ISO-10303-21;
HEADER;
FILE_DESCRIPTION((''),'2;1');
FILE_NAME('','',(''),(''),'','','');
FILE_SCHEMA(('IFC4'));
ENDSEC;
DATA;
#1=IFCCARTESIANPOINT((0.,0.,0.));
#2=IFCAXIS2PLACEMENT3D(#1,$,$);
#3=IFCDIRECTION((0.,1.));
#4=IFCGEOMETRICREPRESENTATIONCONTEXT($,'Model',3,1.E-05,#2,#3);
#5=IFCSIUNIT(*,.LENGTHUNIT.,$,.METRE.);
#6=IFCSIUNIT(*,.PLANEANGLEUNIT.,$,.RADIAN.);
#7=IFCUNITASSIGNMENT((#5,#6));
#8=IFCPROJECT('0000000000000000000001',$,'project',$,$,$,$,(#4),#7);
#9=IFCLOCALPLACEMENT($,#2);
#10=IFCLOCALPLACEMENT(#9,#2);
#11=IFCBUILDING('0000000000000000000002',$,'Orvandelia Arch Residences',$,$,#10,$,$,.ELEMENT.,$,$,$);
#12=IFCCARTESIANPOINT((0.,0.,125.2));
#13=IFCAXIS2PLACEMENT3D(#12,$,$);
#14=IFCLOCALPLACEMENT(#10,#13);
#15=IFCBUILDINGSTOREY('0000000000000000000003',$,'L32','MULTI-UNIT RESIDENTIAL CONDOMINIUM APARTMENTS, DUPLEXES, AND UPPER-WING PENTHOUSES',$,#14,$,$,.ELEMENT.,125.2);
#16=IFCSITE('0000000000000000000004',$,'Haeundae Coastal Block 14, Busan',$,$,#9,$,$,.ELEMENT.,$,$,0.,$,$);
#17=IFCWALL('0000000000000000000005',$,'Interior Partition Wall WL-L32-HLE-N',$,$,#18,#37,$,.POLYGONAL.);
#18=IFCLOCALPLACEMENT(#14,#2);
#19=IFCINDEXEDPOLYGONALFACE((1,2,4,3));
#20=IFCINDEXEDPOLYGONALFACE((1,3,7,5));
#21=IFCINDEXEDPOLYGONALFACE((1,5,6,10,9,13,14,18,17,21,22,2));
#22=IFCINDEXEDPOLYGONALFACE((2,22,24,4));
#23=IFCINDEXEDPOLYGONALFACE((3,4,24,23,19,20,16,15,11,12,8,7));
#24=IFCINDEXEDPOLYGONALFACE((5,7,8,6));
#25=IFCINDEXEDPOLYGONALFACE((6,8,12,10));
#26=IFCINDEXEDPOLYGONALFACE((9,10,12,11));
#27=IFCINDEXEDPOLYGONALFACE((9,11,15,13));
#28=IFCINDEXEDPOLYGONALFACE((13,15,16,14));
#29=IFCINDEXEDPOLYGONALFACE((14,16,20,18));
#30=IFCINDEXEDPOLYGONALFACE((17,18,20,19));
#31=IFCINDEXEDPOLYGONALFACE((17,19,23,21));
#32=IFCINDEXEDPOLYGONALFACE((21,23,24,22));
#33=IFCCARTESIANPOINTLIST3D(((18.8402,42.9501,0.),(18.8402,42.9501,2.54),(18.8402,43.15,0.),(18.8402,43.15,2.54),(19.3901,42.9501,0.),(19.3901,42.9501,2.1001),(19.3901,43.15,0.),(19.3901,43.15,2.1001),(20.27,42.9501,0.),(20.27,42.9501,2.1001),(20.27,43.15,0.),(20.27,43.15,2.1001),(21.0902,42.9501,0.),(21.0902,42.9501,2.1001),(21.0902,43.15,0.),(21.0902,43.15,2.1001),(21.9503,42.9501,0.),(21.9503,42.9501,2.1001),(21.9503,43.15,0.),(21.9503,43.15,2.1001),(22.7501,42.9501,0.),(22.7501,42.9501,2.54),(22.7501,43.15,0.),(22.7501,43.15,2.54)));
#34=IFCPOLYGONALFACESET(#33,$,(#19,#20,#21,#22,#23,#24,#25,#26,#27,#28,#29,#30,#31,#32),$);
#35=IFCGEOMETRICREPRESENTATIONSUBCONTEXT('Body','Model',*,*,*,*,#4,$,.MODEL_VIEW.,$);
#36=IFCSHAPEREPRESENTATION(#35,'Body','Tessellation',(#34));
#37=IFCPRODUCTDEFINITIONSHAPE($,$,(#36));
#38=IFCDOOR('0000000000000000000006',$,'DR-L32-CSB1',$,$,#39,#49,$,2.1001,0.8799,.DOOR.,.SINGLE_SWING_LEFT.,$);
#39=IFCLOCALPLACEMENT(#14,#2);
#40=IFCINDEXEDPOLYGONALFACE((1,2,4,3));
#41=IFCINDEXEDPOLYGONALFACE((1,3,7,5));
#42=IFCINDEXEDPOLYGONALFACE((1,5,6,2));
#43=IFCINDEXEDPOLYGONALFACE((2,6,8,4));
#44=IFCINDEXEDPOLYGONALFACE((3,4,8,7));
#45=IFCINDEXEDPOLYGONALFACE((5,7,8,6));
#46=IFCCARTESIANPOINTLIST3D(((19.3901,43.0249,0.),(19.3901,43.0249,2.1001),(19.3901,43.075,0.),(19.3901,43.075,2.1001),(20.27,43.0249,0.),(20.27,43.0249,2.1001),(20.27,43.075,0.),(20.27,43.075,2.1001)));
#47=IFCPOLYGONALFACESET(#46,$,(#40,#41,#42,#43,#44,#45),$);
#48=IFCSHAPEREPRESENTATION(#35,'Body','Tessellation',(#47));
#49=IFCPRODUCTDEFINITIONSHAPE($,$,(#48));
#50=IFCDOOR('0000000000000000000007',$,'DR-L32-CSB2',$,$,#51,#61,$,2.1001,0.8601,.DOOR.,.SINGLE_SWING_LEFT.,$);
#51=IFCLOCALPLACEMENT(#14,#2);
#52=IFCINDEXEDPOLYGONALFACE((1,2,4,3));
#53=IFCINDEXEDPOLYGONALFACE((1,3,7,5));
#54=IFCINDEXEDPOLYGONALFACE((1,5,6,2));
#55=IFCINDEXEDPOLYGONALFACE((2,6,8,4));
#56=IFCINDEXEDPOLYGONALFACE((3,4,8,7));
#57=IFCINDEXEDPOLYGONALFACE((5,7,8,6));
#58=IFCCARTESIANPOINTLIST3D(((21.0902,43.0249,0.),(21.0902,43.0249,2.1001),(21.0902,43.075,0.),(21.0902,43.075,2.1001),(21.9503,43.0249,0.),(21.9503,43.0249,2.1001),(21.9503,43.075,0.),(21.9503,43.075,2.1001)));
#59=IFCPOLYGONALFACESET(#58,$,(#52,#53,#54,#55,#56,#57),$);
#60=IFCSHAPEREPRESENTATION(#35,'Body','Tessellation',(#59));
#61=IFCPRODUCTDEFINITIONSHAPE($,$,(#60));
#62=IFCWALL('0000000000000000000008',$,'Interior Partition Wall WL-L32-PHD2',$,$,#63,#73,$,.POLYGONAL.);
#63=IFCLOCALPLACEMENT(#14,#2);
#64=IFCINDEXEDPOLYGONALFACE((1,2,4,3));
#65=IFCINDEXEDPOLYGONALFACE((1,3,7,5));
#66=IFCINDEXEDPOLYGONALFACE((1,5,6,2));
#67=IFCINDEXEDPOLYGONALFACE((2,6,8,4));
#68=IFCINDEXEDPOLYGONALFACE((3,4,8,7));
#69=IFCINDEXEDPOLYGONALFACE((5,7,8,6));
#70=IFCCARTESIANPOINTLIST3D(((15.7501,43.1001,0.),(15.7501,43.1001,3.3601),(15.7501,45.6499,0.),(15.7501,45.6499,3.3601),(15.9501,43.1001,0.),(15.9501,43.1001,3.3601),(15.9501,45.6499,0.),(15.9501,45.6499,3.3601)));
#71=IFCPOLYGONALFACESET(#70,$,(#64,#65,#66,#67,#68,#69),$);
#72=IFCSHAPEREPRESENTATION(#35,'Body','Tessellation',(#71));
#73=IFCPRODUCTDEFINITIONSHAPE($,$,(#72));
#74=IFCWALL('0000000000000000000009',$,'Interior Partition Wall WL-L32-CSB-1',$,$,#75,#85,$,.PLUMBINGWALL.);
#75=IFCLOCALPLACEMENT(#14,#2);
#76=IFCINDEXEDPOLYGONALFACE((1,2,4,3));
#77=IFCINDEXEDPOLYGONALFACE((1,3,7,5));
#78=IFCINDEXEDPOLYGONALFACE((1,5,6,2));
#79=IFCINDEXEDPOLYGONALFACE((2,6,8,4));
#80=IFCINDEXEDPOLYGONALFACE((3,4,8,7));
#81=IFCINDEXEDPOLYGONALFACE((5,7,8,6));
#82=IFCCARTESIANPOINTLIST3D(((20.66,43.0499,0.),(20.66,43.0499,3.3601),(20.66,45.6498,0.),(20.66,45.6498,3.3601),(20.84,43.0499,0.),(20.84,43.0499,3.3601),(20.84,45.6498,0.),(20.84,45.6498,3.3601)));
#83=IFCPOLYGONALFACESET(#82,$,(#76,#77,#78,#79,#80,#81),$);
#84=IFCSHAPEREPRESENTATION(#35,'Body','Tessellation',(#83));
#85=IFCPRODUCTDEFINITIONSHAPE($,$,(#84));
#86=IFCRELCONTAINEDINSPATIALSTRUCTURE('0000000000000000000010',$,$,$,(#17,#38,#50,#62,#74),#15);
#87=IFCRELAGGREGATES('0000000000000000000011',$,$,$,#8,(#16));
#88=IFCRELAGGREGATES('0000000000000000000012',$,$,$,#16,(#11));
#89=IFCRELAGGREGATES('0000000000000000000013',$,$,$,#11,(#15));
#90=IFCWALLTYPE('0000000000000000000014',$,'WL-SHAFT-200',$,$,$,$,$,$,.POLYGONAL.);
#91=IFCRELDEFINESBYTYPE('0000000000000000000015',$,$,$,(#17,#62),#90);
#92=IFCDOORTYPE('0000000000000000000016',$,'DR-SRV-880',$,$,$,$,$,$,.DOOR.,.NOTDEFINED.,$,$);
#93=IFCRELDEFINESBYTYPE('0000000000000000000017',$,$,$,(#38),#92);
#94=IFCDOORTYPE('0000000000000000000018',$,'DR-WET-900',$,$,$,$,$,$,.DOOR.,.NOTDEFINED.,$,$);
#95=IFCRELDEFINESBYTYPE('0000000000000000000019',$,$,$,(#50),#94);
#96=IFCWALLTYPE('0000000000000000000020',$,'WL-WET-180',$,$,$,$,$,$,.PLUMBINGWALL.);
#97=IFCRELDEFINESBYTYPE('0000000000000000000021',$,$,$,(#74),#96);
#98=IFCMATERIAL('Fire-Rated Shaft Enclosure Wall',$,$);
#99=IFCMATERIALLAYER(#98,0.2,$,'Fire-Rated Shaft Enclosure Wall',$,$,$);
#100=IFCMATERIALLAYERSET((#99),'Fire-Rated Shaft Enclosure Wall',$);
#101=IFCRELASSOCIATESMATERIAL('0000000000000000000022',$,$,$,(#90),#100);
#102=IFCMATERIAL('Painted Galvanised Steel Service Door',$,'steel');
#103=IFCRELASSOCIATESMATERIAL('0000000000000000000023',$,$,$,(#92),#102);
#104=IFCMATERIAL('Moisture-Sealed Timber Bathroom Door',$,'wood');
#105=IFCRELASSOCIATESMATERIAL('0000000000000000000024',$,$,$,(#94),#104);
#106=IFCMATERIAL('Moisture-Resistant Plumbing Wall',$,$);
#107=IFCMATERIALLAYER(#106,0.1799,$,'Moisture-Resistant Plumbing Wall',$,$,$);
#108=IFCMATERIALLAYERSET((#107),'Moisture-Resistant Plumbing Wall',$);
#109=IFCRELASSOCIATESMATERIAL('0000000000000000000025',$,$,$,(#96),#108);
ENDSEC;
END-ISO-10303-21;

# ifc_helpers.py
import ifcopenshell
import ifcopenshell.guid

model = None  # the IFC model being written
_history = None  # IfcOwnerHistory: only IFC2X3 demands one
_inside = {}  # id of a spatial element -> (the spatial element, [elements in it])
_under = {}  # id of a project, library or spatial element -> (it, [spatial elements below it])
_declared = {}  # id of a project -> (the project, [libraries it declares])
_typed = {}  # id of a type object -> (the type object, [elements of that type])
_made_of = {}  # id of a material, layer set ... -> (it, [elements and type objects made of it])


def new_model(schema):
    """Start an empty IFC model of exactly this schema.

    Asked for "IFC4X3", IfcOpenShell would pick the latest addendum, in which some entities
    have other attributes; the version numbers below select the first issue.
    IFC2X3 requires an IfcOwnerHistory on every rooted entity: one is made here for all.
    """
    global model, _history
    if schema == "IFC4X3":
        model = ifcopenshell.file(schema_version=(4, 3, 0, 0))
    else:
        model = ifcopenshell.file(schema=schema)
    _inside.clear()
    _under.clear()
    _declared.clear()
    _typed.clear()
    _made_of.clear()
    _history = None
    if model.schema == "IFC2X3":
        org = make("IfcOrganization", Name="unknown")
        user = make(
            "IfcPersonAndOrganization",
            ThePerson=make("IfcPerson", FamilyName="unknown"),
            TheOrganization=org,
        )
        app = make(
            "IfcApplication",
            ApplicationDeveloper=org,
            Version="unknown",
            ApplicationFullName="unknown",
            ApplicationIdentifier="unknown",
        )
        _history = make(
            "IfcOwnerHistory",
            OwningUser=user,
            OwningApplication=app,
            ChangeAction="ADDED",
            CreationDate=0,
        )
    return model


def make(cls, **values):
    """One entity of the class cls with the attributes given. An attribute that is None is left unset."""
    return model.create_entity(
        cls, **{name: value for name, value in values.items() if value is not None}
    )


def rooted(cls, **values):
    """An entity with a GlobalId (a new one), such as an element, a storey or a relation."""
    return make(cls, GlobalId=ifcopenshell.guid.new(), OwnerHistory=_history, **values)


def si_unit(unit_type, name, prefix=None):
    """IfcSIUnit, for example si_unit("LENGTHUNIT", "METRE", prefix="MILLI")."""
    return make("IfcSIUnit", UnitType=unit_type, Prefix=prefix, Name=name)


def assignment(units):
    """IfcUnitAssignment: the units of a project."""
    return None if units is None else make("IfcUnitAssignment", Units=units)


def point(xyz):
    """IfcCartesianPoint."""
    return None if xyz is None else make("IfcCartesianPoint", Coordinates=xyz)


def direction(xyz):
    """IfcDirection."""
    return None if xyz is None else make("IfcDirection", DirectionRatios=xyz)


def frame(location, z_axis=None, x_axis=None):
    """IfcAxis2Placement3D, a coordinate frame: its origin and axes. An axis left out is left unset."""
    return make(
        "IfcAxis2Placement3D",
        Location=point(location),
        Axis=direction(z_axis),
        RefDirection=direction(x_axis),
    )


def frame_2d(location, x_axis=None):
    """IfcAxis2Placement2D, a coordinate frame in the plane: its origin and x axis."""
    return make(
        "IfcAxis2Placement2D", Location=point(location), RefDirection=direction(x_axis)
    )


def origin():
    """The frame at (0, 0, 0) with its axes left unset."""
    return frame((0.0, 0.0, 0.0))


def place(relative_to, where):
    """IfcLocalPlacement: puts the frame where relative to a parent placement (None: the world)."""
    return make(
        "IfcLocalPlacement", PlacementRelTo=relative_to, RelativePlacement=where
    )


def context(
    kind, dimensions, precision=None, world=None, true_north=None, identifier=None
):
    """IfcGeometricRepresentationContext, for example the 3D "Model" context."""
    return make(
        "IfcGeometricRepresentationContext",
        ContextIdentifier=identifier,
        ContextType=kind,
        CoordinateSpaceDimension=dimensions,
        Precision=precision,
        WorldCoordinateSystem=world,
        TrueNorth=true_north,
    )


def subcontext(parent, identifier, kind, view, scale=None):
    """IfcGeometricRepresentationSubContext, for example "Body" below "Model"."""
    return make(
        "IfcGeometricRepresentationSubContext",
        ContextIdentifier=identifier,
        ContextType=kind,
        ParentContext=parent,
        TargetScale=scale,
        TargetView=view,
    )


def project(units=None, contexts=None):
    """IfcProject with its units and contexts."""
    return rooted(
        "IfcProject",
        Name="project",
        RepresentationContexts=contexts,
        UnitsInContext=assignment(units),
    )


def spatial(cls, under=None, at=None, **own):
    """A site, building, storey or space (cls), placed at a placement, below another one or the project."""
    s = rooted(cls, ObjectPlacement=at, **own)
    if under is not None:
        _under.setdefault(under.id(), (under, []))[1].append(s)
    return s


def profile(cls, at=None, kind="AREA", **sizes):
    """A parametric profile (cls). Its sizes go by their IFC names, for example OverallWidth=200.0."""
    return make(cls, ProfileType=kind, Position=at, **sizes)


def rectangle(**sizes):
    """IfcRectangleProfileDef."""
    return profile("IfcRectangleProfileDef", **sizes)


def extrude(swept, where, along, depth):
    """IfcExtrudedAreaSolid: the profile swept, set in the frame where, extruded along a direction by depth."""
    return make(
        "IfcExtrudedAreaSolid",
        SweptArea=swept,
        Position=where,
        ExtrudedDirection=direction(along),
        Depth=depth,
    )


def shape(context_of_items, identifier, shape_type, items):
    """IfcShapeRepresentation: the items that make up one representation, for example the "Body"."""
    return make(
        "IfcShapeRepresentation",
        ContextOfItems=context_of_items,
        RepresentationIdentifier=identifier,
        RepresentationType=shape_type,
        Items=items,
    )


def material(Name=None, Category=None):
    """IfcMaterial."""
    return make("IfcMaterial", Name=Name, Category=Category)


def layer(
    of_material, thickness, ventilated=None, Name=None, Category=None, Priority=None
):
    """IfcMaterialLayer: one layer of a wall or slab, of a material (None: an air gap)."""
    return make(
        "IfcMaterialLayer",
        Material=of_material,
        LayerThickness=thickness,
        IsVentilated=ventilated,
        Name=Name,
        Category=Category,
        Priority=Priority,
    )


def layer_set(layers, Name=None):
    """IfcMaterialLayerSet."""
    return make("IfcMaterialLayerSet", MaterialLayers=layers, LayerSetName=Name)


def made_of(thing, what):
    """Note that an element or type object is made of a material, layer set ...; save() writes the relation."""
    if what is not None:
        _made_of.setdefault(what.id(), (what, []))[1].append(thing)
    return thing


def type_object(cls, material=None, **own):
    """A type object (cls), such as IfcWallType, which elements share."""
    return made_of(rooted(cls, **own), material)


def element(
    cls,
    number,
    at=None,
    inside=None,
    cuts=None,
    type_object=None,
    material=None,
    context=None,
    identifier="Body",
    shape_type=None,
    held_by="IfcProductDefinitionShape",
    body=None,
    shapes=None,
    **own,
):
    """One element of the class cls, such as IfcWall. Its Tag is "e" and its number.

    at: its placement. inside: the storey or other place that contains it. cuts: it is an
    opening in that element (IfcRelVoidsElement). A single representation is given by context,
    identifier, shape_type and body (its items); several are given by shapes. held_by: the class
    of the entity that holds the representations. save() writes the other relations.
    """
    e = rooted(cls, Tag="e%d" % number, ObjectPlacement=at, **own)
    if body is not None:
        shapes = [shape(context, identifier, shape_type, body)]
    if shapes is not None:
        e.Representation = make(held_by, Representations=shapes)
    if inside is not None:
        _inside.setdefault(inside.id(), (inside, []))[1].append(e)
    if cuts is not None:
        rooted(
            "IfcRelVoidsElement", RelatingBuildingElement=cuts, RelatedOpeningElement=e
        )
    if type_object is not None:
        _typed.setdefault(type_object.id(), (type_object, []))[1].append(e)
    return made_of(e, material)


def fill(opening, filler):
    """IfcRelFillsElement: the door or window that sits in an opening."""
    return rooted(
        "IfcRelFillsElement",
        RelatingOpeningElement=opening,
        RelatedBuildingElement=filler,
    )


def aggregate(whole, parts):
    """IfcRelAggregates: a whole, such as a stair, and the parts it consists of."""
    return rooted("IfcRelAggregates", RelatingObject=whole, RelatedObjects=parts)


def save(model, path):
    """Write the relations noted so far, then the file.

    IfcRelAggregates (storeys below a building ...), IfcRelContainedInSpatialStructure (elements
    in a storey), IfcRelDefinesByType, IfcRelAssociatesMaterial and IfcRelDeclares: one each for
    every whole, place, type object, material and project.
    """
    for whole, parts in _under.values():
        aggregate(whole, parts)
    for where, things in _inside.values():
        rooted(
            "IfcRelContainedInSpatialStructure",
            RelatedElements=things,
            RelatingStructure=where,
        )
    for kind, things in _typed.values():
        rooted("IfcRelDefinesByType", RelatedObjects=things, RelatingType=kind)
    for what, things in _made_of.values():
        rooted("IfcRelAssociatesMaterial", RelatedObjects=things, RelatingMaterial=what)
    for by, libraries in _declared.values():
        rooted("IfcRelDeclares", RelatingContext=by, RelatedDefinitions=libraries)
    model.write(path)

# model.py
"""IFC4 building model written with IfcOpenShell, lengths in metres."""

from ifc_helpers import new_model, si_unit, direction, frame, frame_2d, origin, place, context, subcontext, project, spatial, rectangle, extrude, material, layer, layer_set, type_object, element, fill, save


model = new_model("IFC4")

# Units and contexts
model_context = context("Model", 3, precision=1e-05, world=origin(), true_north=direction((0.0, 1.0)))
body_context = subcontext(model_context, "Body", "Model", "MODEL_VIEW")
ifc_project = project(units=[si_unit("LENGTHUNIT", "METRE"), si_unit("PLANEANGLEUNIT", "RADIAN")], contexts=[model_context])

# Site, building, storey
site_placement = place(None, origin())
site = spatial("IfcSite", under=ifc_project, at=site_placement, Name="Haeundae Coastal Block 14, Busan", CompositionType="ELEMENT", RefElevation=0.0)
building_placement = place(site_placement, origin())
building = spatial("IfcBuilding", under=site, at=building_placement, Name="Orvandelia Arch Residences", CompositionType="ELEMENT")
storey_placement = place(building_placement, frame((0.0, 0.0, 125.2)))
storey = spatial("IfcBuildingStorey", under=building, at=storey_placement, Name="L32", Description="MULTI-UNIT RESIDENTIAL CONDOMINIUM APARTMENTS, DUPLEXES, AND UPPER-WING PENTHOUSES", CompositionType="ELEMENT", Elevation=125.2)

# Wall, openings, doors
ifc_material_1 = material(Name="Fire-Rated Shaft Enclosure Wall")
ifc_layer_1 = layer(ifc_material_1, 0.2, Name="Fire-Rated Shaft Enclosure Wall")
ifc_layer_set_1 = layer_set([ifc_layer_1], Name="Fire-Rated Shaft Enclosure Wall")
wall_type_1 = type_object("IfcWallType", Name="WL-SHAFT-200", PredefinedType="POLYGONAL", material=ifc_layer_set_1)
wall_1_placement = place(storey_placement, frame((18.8401, 43.05, 0.0), z_axis=(0.0, 0.0, 1.0), x_axis=(1.0, 0.0, 0.0)))
wall_1 = element("IfcWall", 1, at=wall_1_placement, inside=storey, type_object=wall_type_1, Name="Interior Partition Wall WL-L32-HLE-N", PredefinedType="POLYGONAL", context=body_context, shape_type="SweptSolid", body=[
    extrude(rectangle(XDim=3.9099, YDim=0.2, at=frame_2d((1.9551, 0.0))), origin(), (0.0, 0.0, 1.0), 2.54),
])
opening_1_placement = place(wall_1_placement, frame((0.55, 0.0, 0.0)))
opening_1 = element("IfcOpeningElement", 2, at=opening_1_placement, cuts=wall_1, PredefinedType="OPENING", context=body_context, shape_type="SweptSolid", body=[
    extrude(rectangle(XDim=0.8799, YDim=2.1001, at=frame_2d((0.4399, 1.05))), frame((0.0, 0.1099, 0.0), z_axis=(0.0, -1.0, 0.0), x_axis=(1.0, 0.0, 0.0)), (0.0, 0.0, 1.0), 0.22),
])
opening_2_placement = place(wall_1_placement, frame((2.25, 0.0, 0.0)))
opening_2 = element("IfcOpeningElement", 3, at=opening_2_placement, cuts=wall_1, PredefinedType="OPENING", context=body_context, shape_type="SweptSolid", body=[
    extrude(rectangle(XDim=0.8601, YDim=2.1001, at=frame_2d((0.4302, 1.05))), frame((0.0, 0.1099, 0.0), z_axis=(0.0, -1.0, 0.0), x_axis=(1.0, 0.0, 0.0)), (0.0, 0.0, 1.0), 0.22),
])
ifc_material_2 = material(Name="Painted Galvanised Steel Service Door", Category="steel")
door_type_1 = type_object("IfcDoorType", Name="DR-SRV-880", OperationType="NOTDEFINED", PredefinedType="DOOR", material=ifc_material_2)
door_1_placement = place(opening_1_placement, origin())
door_1 = element("IfcDoor", 4, at=door_1_placement, inside=storey, type_object=door_type_1, Name="DR-L32-CSB1", OperationType="SINGLE_SWING_LEFT", OverallHeight=2.1001, OverallWidth=0.8799, PredefinedType="DOOR", context=body_context, shape_type="SweptSolid", body=[
    extrude(rectangle(XDim=0.8799, YDim=2.1001, at=frame_2d((0.4399, 1.05))), frame((0.0, 0.0249, 0.0), z_axis=(0.0, -1.0, 0.0), x_axis=(1.0, 0.0, 0.0)), (0.0, 0.0, 1.0), 0.05),
])
fill(opening_1, door_1)
ifc_material_3 = material(Name="Moisture-Sealed Timber Bathroom Door", Category="wood")
door_type_2 = type_object("IfcDoorType", Name="DR-WET-900", OperationType="NOTDEFINED", PredefinedType="DOOR", material=ifc_material_3)
door_2_placement = place(opening_2_placement, origin())
door_2 = element("IfcDoor", 5, at=door_2_placement, inside=storey, type_object=door_type_2, Name="DR-L32-CSB2", OperationType="SINGLE_SWING_LEFT", OverallHeight=2.1001, OverallWidth=0.8601, PredefinedType="DOOR", context=body_context, shape_type="SweptSolid", body=[
    extrude(rectangle(XDim=0.8601, YDim=2.1001, at=frame_2d((0.4302, 1.05))), frame((0.0, 0.0249, 0.0), z_axis=(0.0, -1.0, 0.0), x_axis=(1.0, 0.0, 0.0)), (0.0, 0.0, 1.0), 0.05),
])
fill(opening_2, door_2)

# Walls
wall_2_placement = place(storey_placement, frame((15.8501, 43.1001, 0.0), z_axis=(0.0, 0.0, 1.0), x_axis=(0.0, 1.0, 0.0)))
element("IfcWall", 6, at=wall_2_placement, inside=storey, type_object=wall_type_1, Name="Interior Partition Wall WL-L32-PHD2", PredefinedType="POLYGONAL", context=body_context, shape_type="SweptSolid", body=[
    extrude(rectangle(XDim=2.5498, YDim=0.2, at=frame_2d((1.2749, 0.0))), origin(), (0.0, 0.0, 1.0), 3.3601),
])
ifc_material_4 = material(Name="Moisture-Resistant Plumbing Wall")
ifc_layer_2 = layer(ifc_material_4, 0.1799, Name="Moisture-Resistant Plumbing Wall")
ifc_layer_set_2 = layer_set([ifc_layer_2], Name="Moisture-Resistant Plumbing Wall")
wall_type_2 = type_object("IfcWallType", Name="WL-WET-180", PredefinedType="PLUMBINGWALL", material=ifc_layer_set_2)
wall_3_placement = place(storey_placement, frame((20.75, 43.05, 0.0), z_axis=(0.0, 0.0, 1.0), x_axis=(0.0, 1.0, 0.0)))
element("IfcWall", 7, at=wall_3_placement, inside=storey, type_object=wall_type_2, Name="Interior Partition Wall WL-L32-CSB-1", PredefinedType="PLUMBINGWALL", context=body_context, shape_type="SweptSolid", body=[
    extrude(rectangle(XDim=2.5999, YDim=0.1799, at=frame_2d((1.2998, 0.0))), origin(), (0.0, 0.0, 1.0), 3.3601),
])

save(model, "model.ifc")
